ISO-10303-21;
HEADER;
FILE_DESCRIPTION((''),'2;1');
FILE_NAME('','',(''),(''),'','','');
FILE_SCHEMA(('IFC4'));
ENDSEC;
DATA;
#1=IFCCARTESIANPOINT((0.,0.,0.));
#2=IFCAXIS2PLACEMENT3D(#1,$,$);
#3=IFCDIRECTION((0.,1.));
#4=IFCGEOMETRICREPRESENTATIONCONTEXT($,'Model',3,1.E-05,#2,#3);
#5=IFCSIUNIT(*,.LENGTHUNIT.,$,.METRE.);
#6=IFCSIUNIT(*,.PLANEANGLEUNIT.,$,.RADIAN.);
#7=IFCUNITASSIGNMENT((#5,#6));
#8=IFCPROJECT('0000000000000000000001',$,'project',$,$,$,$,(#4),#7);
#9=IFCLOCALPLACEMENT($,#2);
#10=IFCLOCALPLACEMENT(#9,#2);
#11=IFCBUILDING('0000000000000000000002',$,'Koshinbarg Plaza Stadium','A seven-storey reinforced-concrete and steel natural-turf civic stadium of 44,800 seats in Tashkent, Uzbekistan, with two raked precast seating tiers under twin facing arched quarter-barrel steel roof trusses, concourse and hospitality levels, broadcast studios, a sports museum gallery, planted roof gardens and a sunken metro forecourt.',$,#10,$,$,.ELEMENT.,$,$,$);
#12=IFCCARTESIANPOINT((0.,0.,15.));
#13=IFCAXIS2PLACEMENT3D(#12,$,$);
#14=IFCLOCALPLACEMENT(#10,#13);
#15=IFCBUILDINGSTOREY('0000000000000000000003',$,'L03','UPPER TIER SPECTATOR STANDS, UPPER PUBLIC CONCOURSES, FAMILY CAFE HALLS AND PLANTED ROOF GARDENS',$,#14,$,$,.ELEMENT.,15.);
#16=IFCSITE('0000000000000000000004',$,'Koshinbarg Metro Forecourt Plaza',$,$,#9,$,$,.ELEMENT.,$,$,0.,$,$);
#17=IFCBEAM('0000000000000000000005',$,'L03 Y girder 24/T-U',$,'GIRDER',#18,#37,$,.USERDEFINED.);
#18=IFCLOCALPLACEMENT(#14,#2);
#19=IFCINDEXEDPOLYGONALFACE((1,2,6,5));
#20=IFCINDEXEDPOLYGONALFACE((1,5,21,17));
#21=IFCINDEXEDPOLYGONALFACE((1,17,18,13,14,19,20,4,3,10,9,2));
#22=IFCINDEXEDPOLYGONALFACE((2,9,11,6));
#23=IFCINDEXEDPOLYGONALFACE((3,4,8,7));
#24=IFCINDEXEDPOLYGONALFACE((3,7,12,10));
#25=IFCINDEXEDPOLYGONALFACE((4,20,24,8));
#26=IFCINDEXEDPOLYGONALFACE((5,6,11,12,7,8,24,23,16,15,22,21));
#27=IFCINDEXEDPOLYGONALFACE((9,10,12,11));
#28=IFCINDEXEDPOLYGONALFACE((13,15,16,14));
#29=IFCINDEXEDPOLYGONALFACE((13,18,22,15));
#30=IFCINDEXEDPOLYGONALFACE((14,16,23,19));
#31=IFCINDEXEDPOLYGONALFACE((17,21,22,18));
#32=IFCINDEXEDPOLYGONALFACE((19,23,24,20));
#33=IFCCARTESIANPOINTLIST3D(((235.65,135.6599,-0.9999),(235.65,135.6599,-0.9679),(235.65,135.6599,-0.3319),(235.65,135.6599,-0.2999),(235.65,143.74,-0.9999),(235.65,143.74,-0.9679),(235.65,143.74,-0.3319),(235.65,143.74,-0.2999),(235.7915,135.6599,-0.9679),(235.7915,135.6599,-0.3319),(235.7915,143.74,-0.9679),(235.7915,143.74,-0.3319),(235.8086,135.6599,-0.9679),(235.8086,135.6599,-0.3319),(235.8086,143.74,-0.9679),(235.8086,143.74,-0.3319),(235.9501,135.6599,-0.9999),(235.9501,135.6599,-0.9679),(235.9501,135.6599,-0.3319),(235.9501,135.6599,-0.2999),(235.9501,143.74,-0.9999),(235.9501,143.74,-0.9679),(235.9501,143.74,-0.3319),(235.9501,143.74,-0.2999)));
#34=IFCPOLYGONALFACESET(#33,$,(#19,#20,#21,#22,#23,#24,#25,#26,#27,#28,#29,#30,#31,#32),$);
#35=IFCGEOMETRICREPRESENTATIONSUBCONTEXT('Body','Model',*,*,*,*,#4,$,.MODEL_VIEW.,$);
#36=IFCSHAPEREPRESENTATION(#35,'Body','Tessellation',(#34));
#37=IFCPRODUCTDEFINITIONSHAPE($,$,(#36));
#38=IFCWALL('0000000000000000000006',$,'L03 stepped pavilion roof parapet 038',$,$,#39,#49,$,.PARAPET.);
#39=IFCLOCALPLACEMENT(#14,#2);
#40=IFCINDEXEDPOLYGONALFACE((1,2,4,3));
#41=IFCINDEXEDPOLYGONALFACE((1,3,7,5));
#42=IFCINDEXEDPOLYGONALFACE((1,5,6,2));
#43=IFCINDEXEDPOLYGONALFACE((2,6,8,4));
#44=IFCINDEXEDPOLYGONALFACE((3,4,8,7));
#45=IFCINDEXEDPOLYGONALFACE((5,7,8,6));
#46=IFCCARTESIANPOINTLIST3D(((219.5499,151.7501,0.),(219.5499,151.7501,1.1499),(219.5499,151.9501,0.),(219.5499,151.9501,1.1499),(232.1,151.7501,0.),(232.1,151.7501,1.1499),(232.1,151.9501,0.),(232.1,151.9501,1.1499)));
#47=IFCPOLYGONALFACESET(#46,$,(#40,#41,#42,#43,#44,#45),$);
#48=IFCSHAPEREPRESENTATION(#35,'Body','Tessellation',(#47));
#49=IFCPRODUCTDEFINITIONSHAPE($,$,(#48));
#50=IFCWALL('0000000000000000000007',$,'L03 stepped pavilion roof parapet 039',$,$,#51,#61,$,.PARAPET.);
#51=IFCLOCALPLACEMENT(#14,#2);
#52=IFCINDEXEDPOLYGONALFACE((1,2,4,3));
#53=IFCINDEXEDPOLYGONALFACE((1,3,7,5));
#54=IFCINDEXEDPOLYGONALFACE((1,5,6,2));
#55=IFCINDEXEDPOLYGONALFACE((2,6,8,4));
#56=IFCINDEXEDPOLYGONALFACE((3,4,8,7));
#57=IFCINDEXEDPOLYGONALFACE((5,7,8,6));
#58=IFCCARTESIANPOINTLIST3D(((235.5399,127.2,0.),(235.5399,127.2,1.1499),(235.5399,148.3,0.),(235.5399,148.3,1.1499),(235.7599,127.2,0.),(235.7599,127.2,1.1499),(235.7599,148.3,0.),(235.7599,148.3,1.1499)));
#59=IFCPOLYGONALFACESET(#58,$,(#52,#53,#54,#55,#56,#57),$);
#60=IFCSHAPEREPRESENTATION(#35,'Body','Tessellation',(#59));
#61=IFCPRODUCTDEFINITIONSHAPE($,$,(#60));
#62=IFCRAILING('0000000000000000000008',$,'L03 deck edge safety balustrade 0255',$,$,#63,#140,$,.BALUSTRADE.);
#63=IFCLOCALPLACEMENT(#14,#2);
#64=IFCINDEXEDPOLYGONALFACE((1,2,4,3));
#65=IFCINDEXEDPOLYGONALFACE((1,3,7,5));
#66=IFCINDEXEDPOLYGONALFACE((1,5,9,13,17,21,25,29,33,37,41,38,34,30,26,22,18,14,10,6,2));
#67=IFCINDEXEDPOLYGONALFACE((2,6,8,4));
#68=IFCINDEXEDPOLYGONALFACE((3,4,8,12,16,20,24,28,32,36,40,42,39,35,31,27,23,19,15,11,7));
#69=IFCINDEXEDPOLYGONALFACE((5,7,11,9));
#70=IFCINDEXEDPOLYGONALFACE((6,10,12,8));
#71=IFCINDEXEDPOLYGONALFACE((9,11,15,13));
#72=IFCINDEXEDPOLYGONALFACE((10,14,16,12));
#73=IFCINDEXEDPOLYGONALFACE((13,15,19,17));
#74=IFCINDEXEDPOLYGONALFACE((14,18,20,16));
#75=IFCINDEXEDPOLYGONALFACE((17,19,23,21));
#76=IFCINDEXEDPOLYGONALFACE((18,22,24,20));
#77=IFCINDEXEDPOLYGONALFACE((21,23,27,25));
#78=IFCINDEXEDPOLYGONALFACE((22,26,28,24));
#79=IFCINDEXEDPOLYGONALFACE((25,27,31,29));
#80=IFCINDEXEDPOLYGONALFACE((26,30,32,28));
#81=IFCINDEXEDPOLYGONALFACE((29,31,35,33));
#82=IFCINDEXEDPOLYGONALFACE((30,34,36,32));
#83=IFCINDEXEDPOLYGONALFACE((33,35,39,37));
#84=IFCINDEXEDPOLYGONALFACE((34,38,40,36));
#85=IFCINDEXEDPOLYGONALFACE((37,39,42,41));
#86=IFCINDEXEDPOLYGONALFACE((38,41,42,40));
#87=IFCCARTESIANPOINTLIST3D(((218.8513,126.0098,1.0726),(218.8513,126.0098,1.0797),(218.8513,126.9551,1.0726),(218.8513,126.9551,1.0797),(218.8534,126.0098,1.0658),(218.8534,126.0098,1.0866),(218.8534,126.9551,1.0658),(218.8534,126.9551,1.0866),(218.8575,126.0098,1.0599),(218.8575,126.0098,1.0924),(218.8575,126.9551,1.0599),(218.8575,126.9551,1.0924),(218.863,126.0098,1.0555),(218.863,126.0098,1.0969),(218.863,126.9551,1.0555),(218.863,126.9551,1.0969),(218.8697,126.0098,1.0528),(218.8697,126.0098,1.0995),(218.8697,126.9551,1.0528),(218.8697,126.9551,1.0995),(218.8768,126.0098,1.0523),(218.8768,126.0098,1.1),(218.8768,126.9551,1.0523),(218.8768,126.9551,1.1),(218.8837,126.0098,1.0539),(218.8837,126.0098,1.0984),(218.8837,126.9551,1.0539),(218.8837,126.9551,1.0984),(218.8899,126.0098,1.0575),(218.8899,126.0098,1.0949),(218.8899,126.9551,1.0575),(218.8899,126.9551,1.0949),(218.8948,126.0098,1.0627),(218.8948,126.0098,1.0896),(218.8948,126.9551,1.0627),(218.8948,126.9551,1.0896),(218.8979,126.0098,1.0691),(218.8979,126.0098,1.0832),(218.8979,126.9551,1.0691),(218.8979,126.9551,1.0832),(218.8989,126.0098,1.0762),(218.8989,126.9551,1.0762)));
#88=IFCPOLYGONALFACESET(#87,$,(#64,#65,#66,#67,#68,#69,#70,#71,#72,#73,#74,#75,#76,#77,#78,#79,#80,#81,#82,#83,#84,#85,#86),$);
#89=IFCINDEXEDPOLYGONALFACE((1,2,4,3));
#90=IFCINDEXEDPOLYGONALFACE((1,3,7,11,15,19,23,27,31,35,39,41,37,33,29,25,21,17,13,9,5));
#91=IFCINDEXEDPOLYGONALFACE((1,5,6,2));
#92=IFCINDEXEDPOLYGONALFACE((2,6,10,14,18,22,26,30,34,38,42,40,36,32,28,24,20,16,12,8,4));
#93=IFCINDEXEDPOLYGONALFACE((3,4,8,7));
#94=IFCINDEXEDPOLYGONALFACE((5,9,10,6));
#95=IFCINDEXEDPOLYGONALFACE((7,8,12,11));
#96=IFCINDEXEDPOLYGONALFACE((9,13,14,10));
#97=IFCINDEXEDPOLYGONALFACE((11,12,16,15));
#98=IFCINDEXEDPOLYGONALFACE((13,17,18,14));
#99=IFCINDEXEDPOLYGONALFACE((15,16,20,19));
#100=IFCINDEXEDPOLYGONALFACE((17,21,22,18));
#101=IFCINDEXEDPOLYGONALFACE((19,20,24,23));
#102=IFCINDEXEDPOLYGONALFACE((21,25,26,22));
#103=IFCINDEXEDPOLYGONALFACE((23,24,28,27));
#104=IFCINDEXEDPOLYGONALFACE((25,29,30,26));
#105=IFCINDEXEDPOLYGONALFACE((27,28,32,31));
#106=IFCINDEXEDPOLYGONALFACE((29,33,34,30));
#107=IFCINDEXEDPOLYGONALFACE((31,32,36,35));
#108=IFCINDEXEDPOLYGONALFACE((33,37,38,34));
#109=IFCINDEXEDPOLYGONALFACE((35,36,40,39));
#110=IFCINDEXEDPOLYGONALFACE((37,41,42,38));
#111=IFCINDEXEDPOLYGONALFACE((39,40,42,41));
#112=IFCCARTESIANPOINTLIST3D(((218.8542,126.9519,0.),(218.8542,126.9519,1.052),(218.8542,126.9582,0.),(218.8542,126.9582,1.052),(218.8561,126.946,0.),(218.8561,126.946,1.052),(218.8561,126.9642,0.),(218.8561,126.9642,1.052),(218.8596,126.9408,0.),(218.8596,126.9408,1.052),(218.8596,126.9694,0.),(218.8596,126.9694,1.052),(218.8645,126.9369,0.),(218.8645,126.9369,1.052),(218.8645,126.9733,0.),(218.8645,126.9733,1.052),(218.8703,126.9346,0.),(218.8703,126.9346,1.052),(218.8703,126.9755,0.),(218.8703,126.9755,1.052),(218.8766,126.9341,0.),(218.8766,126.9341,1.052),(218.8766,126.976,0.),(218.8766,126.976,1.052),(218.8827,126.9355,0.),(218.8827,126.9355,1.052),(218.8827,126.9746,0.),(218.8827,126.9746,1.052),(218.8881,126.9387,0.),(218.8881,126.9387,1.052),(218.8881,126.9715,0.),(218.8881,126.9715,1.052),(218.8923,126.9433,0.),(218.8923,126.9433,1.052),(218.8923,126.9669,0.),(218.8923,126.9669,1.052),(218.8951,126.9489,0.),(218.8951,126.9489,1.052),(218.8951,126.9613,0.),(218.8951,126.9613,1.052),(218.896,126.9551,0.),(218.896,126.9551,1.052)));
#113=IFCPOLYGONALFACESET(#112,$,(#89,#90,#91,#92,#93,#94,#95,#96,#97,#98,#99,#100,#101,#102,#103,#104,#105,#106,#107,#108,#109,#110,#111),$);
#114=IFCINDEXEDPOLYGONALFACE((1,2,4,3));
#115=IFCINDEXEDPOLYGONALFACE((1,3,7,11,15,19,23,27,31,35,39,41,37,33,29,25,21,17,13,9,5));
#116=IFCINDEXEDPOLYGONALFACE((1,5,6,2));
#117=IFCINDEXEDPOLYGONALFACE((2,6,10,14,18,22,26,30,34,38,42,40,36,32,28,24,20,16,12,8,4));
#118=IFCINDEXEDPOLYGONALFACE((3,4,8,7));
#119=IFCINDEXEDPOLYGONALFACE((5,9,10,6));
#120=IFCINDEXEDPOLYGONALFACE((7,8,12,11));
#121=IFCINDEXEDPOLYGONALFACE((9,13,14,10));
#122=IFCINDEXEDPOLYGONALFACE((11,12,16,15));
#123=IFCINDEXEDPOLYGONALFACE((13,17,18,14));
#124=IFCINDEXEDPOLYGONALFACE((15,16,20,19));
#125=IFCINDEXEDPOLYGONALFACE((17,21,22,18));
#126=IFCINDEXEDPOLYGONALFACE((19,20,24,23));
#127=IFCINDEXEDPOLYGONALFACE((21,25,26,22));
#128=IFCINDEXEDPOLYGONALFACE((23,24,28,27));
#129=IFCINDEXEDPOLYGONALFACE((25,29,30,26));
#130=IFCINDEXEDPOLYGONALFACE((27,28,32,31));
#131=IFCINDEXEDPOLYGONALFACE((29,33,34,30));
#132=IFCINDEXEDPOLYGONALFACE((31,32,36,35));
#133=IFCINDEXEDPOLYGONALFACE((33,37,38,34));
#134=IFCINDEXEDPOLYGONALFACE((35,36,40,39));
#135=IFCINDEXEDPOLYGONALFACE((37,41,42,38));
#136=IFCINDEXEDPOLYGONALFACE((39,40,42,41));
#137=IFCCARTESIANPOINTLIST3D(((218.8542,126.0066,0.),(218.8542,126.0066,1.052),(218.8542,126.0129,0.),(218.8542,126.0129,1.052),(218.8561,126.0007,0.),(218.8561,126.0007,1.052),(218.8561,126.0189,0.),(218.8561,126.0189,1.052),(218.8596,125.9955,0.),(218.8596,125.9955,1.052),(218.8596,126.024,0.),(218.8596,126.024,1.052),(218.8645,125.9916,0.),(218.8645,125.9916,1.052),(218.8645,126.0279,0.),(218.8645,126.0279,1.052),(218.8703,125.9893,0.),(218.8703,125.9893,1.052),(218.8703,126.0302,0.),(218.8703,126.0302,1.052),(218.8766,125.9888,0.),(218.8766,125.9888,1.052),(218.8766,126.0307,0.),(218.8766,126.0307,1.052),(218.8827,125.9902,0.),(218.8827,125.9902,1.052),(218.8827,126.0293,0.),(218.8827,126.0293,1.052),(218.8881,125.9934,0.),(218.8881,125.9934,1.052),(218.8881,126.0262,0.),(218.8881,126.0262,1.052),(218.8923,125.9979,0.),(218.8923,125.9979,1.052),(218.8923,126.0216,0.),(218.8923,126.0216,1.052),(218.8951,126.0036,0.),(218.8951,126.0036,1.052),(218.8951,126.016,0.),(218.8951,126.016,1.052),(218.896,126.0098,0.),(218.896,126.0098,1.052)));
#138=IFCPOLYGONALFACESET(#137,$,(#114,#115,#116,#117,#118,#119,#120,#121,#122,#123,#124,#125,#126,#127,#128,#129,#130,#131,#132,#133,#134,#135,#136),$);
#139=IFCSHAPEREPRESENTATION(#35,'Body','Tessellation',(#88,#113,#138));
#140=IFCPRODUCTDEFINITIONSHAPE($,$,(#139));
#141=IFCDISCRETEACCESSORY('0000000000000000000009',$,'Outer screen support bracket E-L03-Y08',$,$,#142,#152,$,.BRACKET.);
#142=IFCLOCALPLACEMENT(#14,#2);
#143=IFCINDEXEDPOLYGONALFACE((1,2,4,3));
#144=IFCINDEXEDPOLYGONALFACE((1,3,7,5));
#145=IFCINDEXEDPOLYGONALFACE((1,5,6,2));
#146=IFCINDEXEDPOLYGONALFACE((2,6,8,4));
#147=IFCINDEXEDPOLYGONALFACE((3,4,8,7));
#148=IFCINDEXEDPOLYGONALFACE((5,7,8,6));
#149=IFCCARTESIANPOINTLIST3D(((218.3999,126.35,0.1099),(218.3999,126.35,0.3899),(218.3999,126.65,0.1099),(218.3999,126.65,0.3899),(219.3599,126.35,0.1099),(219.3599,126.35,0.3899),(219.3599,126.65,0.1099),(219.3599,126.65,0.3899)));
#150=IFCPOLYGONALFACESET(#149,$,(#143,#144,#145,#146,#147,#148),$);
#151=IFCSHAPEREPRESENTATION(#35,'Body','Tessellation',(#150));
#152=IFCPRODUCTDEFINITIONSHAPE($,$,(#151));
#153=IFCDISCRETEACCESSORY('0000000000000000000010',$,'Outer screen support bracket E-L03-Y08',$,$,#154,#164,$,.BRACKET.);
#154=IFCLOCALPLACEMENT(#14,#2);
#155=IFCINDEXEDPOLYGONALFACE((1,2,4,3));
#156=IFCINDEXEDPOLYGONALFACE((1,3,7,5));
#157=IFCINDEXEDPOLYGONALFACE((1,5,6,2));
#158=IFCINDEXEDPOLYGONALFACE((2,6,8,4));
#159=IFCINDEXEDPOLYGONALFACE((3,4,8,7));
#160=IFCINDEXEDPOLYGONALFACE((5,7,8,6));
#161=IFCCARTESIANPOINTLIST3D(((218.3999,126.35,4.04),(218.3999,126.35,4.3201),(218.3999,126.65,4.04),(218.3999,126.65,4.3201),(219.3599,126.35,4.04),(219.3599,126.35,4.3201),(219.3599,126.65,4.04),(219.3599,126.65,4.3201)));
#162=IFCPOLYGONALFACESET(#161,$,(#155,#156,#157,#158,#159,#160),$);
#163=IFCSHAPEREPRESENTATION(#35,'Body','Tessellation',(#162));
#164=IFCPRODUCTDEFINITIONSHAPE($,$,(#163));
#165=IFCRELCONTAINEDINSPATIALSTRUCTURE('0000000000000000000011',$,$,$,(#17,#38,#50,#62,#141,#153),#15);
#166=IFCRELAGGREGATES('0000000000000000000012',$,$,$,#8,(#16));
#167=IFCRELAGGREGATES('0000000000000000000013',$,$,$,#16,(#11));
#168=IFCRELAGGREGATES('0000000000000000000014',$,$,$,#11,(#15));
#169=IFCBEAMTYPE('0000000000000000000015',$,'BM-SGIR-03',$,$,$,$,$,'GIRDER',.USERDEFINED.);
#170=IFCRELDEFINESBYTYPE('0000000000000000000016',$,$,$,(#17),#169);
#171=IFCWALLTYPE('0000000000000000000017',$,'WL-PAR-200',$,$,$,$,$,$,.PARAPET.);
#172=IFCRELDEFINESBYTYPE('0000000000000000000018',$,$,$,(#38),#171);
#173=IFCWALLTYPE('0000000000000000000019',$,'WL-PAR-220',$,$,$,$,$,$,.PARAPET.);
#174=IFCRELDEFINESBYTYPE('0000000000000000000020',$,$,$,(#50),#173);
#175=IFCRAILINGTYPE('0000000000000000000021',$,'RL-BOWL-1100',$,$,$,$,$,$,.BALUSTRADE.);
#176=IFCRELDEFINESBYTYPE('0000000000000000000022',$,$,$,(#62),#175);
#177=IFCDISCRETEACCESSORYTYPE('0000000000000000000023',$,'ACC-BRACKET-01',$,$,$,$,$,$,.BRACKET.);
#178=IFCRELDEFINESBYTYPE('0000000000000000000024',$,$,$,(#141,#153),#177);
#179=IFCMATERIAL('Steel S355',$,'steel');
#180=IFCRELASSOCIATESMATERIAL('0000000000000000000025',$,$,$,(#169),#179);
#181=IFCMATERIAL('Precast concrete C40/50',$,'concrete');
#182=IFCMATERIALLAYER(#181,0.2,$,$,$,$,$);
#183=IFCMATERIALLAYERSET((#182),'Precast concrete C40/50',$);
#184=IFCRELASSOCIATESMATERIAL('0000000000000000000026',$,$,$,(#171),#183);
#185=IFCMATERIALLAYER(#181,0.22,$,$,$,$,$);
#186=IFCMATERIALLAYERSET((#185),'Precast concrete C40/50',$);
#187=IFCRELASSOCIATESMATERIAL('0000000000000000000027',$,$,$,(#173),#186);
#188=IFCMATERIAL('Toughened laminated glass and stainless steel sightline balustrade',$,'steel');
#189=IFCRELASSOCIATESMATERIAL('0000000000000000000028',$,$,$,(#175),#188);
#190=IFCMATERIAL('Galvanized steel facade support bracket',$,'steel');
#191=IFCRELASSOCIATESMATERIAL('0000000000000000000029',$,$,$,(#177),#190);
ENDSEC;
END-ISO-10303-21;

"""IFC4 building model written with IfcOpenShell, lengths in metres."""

from ifc_helpers import new_model, si_unit, direction, frame, frame_2d, origin, origin_2d, place, context, subcontext, project, spatial, rectangle, circle, i_section, extrude, material, layer, layer_set, material_profile, profile_set, type_object, element, save


model = new_model("IFC4")

# Units and contexts
model_context = context("Model", 3, precision=1e-05, world=origin(), true_north=direction((0.0, 1.0)))
body_context = subcontext(model_context, "Body", "Model", "MODEL_VIEW")
ifc_project = project(units=[si_unit("LENGTHUNIT", "METRE"), si_unit("PLANEANGLEUNIT", "RADIAN")], contexts=[model_context])

# Site, building, storey
site_placement = place(None, origin())
site = spatial("IfcSite", under=ifc_project, at=site_placement, Name="Koshinbarg Metro Forecourt Plaza", CompositionType="ELEMENT", RefElevation=0.0)
building_placement = place(site_placement, origin())
building = spatial("IfcBuilding", under=site, at=building_placement, Name="Koshinbarg Plaza Stadium", Description="A seven-storey reinforced-concrete and steel natural-turf civic stadium of 44,800 seats in Tashkent, Uzbekistan, with two raked precast seating tiers under twin facing arched quarter-barrel steel roof trusses, concourse and hospitality levels, broadcast studios, a sports museum gallery, planted roof gardens and a sunken metro forecourt.", CompositionType="ELEMENT")
storey_placement = place(building_placement, frame((0.0, 0.0, 15.0)))
storey = spatial("IfcBuildingStorey", under=building, at=storey_placement, Name="L03", Description="UPPER TIER SPECTATOR STANDS, UPPER PUBLIC CONCOURSES, FAMILY CAFE HALLS AND PLANTED ROOF GARDENS", CompositionType="ELEMENT", Elevation=15.0)

# Beam
ifc_material_1 = material(Name="Steel S355", Category="steel")
ifc_material_profile_1 = material_profile(ifc_material_1, i_section(OverallWidth=0.3, OverallDepth=0.7, WebThickness=0.0171, FlangeThickness=0.032, at=origin_2d()), Name="HEB 700")
ifc_profile_set_1 = profile_set([ifc_material_profile_1], Name="Steel S355")
beam_type_1 = type_object("IfcBeamType", Name="BM-SGIR-03", ElementType="GIRDER", PredefinedType="USERDEFINED", material=ifc_profile_set_1)
beam_1_placement = place(storey_placement, frame((235.8, 135.6599, -0.6499), z_axis=(0.0, 1.0, 0.0), x_axis=(-1.0, 0.0, 0.0)))
element("IfcBeam", 1, at=beam_1_placement, inside=storey, type_object=beam_type_1, Name="L03 Y girder 24/T-U", ObjectType="GIRDER", PredefinedType="USERDEFINED", context=body_context, shape_type="SweptSolid", body=[
    extrude(i_section(OverallWidth=0.3, OverallDepth=0.7, WebThickness=0.0171, FlangeThickness=0.032, at=origin_2d()), origin(), (0.0, 0.0, 1.0), 8.0801),
])

# Walls
ifc_material_2 = material(Name="Precast concrete C40/50", Category="concrete")
ifc_layer_1 = layer(ifc_material_2, 0.2)
ifc_layer_set_1 = layer_set([ifc_layer_1], Name="Precast concrete C40/50")
wall_type_1 = type_object("IfcWallType", Name="WL-PAR-200", PredefinedType="PARAPET", material=ifc_layer_set_1)
wall_1_placement = place(storey_placement, frame((219.55, 151.8501, 0.0), z_axis=(0.0, 0.0, 1.0), x_axis=(1.0, 0.0, 0.0)))
element("IfcWall", 2, at=wall_1_placement, inside=storey, type_object=wall_type_1, Name="L03 stepped pavilion roof parapet 038", PredefinedType="PARAPET", context=body_context, shape_type="SweptSolid", body=[
    extrude(rectangle(XDim=12.55, YDim=0.2, at=frame_2d((6.2749, 0.0))), origin(), (0.0, 0.0, 1.0), 1.1499),
])
ifc_layer_2 = layer(ifc_material_2, 0.22)
ifc_layer_set_2 = layer_set([ifc_layer_2], Name="Precast concrete C40/50")
wall_type_2 = type_object("IfcWallType", Name="WL-PAR-220", PredefinedType="PARAPET", material=ifc_layer_set_2)
wall_2_placement = place(storey_placement, frame((235.6499, 148.3, 0.0), z_axis=(0.0, 0.0, 1.0), x_axis=(0.0, -1.0, 0.0)))
element("IfcWall", 3, at=wall_2_placement, inside=storey, type_object=wall_type_2, Name="L03 stepped pavilion roof parapet 039", PredefinedType="PARAPET", context=body_context, shape_type="SweptSolid", body=[
    extrude(rectangle(XDim=21.1001, YDim=0.22, at=frame_2d((10.55, 0.0))), origin(), (0.0, 0.0, 1.0), 1.1499),
])

# Railing
ifc_material_3 = material(Name="Toughened laminated glass and stainless steel sightline balustrade", Category="steel")
railing_type = type_object("IfcRailingType", Name="RL-BOWL-1100", PredefinedType="BALUSTRADE", material=ifc_material_3)
railing_1_placement = place(storey_placement, frame((218.875, 126.9551, 0.0)))
element("IfcRailing", 4, at=railing_1_placement, inside=storey, type_object=railing_type, Name="L03 deck edge safety balustrade 0255", PredefinedType="BALUSTRADE", context=body_context, shape_type="SweptSolid", body=[
    extrude(circle(Radius=0.0239, at=origin_2d()), frame((0.0, 0.0, 1.0762), z_axis=(0.0, -1.0, 0.0), x_axis=(1.0, 0.0, 0.0)), (0.0, 0.0, 1.0), 0.9453),
    extrude(circle(Radius=0.021, at=origin_2d()), origin(), (0.0, 0.0, 1.0), 1.052),
    extrude(circle(Radius=0.021, at=origin_2d()), frame((0.0, -0.9453, 0.0)), (0.0, 0.0, 1.0), 1.052),
])

# Discrete accessories
ifc_material_4 = material(Name="Galvanized steel facade support bracket", Category="steel")
discrete_accessory_type = type_object("IfcDiscreteAccessoryType", Name="ACC-BRACKET-01", PredefinedType="BRACKET", material=ifc_material_4)
for number, where, z_axis, x_axis, name in (
    (5, (218.8799, 126.5, 0.1099), (0.0, 0.0, 1.0), (1.0, 0.0, 0.0), "Outer screen support bracket E-L03-Y08"),
    (6, (218.8799, 126.5, 4.04), (0.0, 0.0, 1.0), (1.0, 0.0, 0.0), "Outer screen support bracket E-L03-Y08"),
):
    element("IfcDiscreteAccessory", number, at=place(storey_placement, frame(where, z_axis=z_axis, x_axis=x_axis)), inside=storey, type_object=discrete_accessory_type, Name=name, PredefinedType="BRACKET", context=body_context, shape_type="SweptSolid", body=[
        extrude(rectangle(XDim=0.96, YDim=0.3, at=origin_2d()), origin(), (0.0, 0.0, 1.0), 0.28),
    ])

save(model, "model.ifc")
